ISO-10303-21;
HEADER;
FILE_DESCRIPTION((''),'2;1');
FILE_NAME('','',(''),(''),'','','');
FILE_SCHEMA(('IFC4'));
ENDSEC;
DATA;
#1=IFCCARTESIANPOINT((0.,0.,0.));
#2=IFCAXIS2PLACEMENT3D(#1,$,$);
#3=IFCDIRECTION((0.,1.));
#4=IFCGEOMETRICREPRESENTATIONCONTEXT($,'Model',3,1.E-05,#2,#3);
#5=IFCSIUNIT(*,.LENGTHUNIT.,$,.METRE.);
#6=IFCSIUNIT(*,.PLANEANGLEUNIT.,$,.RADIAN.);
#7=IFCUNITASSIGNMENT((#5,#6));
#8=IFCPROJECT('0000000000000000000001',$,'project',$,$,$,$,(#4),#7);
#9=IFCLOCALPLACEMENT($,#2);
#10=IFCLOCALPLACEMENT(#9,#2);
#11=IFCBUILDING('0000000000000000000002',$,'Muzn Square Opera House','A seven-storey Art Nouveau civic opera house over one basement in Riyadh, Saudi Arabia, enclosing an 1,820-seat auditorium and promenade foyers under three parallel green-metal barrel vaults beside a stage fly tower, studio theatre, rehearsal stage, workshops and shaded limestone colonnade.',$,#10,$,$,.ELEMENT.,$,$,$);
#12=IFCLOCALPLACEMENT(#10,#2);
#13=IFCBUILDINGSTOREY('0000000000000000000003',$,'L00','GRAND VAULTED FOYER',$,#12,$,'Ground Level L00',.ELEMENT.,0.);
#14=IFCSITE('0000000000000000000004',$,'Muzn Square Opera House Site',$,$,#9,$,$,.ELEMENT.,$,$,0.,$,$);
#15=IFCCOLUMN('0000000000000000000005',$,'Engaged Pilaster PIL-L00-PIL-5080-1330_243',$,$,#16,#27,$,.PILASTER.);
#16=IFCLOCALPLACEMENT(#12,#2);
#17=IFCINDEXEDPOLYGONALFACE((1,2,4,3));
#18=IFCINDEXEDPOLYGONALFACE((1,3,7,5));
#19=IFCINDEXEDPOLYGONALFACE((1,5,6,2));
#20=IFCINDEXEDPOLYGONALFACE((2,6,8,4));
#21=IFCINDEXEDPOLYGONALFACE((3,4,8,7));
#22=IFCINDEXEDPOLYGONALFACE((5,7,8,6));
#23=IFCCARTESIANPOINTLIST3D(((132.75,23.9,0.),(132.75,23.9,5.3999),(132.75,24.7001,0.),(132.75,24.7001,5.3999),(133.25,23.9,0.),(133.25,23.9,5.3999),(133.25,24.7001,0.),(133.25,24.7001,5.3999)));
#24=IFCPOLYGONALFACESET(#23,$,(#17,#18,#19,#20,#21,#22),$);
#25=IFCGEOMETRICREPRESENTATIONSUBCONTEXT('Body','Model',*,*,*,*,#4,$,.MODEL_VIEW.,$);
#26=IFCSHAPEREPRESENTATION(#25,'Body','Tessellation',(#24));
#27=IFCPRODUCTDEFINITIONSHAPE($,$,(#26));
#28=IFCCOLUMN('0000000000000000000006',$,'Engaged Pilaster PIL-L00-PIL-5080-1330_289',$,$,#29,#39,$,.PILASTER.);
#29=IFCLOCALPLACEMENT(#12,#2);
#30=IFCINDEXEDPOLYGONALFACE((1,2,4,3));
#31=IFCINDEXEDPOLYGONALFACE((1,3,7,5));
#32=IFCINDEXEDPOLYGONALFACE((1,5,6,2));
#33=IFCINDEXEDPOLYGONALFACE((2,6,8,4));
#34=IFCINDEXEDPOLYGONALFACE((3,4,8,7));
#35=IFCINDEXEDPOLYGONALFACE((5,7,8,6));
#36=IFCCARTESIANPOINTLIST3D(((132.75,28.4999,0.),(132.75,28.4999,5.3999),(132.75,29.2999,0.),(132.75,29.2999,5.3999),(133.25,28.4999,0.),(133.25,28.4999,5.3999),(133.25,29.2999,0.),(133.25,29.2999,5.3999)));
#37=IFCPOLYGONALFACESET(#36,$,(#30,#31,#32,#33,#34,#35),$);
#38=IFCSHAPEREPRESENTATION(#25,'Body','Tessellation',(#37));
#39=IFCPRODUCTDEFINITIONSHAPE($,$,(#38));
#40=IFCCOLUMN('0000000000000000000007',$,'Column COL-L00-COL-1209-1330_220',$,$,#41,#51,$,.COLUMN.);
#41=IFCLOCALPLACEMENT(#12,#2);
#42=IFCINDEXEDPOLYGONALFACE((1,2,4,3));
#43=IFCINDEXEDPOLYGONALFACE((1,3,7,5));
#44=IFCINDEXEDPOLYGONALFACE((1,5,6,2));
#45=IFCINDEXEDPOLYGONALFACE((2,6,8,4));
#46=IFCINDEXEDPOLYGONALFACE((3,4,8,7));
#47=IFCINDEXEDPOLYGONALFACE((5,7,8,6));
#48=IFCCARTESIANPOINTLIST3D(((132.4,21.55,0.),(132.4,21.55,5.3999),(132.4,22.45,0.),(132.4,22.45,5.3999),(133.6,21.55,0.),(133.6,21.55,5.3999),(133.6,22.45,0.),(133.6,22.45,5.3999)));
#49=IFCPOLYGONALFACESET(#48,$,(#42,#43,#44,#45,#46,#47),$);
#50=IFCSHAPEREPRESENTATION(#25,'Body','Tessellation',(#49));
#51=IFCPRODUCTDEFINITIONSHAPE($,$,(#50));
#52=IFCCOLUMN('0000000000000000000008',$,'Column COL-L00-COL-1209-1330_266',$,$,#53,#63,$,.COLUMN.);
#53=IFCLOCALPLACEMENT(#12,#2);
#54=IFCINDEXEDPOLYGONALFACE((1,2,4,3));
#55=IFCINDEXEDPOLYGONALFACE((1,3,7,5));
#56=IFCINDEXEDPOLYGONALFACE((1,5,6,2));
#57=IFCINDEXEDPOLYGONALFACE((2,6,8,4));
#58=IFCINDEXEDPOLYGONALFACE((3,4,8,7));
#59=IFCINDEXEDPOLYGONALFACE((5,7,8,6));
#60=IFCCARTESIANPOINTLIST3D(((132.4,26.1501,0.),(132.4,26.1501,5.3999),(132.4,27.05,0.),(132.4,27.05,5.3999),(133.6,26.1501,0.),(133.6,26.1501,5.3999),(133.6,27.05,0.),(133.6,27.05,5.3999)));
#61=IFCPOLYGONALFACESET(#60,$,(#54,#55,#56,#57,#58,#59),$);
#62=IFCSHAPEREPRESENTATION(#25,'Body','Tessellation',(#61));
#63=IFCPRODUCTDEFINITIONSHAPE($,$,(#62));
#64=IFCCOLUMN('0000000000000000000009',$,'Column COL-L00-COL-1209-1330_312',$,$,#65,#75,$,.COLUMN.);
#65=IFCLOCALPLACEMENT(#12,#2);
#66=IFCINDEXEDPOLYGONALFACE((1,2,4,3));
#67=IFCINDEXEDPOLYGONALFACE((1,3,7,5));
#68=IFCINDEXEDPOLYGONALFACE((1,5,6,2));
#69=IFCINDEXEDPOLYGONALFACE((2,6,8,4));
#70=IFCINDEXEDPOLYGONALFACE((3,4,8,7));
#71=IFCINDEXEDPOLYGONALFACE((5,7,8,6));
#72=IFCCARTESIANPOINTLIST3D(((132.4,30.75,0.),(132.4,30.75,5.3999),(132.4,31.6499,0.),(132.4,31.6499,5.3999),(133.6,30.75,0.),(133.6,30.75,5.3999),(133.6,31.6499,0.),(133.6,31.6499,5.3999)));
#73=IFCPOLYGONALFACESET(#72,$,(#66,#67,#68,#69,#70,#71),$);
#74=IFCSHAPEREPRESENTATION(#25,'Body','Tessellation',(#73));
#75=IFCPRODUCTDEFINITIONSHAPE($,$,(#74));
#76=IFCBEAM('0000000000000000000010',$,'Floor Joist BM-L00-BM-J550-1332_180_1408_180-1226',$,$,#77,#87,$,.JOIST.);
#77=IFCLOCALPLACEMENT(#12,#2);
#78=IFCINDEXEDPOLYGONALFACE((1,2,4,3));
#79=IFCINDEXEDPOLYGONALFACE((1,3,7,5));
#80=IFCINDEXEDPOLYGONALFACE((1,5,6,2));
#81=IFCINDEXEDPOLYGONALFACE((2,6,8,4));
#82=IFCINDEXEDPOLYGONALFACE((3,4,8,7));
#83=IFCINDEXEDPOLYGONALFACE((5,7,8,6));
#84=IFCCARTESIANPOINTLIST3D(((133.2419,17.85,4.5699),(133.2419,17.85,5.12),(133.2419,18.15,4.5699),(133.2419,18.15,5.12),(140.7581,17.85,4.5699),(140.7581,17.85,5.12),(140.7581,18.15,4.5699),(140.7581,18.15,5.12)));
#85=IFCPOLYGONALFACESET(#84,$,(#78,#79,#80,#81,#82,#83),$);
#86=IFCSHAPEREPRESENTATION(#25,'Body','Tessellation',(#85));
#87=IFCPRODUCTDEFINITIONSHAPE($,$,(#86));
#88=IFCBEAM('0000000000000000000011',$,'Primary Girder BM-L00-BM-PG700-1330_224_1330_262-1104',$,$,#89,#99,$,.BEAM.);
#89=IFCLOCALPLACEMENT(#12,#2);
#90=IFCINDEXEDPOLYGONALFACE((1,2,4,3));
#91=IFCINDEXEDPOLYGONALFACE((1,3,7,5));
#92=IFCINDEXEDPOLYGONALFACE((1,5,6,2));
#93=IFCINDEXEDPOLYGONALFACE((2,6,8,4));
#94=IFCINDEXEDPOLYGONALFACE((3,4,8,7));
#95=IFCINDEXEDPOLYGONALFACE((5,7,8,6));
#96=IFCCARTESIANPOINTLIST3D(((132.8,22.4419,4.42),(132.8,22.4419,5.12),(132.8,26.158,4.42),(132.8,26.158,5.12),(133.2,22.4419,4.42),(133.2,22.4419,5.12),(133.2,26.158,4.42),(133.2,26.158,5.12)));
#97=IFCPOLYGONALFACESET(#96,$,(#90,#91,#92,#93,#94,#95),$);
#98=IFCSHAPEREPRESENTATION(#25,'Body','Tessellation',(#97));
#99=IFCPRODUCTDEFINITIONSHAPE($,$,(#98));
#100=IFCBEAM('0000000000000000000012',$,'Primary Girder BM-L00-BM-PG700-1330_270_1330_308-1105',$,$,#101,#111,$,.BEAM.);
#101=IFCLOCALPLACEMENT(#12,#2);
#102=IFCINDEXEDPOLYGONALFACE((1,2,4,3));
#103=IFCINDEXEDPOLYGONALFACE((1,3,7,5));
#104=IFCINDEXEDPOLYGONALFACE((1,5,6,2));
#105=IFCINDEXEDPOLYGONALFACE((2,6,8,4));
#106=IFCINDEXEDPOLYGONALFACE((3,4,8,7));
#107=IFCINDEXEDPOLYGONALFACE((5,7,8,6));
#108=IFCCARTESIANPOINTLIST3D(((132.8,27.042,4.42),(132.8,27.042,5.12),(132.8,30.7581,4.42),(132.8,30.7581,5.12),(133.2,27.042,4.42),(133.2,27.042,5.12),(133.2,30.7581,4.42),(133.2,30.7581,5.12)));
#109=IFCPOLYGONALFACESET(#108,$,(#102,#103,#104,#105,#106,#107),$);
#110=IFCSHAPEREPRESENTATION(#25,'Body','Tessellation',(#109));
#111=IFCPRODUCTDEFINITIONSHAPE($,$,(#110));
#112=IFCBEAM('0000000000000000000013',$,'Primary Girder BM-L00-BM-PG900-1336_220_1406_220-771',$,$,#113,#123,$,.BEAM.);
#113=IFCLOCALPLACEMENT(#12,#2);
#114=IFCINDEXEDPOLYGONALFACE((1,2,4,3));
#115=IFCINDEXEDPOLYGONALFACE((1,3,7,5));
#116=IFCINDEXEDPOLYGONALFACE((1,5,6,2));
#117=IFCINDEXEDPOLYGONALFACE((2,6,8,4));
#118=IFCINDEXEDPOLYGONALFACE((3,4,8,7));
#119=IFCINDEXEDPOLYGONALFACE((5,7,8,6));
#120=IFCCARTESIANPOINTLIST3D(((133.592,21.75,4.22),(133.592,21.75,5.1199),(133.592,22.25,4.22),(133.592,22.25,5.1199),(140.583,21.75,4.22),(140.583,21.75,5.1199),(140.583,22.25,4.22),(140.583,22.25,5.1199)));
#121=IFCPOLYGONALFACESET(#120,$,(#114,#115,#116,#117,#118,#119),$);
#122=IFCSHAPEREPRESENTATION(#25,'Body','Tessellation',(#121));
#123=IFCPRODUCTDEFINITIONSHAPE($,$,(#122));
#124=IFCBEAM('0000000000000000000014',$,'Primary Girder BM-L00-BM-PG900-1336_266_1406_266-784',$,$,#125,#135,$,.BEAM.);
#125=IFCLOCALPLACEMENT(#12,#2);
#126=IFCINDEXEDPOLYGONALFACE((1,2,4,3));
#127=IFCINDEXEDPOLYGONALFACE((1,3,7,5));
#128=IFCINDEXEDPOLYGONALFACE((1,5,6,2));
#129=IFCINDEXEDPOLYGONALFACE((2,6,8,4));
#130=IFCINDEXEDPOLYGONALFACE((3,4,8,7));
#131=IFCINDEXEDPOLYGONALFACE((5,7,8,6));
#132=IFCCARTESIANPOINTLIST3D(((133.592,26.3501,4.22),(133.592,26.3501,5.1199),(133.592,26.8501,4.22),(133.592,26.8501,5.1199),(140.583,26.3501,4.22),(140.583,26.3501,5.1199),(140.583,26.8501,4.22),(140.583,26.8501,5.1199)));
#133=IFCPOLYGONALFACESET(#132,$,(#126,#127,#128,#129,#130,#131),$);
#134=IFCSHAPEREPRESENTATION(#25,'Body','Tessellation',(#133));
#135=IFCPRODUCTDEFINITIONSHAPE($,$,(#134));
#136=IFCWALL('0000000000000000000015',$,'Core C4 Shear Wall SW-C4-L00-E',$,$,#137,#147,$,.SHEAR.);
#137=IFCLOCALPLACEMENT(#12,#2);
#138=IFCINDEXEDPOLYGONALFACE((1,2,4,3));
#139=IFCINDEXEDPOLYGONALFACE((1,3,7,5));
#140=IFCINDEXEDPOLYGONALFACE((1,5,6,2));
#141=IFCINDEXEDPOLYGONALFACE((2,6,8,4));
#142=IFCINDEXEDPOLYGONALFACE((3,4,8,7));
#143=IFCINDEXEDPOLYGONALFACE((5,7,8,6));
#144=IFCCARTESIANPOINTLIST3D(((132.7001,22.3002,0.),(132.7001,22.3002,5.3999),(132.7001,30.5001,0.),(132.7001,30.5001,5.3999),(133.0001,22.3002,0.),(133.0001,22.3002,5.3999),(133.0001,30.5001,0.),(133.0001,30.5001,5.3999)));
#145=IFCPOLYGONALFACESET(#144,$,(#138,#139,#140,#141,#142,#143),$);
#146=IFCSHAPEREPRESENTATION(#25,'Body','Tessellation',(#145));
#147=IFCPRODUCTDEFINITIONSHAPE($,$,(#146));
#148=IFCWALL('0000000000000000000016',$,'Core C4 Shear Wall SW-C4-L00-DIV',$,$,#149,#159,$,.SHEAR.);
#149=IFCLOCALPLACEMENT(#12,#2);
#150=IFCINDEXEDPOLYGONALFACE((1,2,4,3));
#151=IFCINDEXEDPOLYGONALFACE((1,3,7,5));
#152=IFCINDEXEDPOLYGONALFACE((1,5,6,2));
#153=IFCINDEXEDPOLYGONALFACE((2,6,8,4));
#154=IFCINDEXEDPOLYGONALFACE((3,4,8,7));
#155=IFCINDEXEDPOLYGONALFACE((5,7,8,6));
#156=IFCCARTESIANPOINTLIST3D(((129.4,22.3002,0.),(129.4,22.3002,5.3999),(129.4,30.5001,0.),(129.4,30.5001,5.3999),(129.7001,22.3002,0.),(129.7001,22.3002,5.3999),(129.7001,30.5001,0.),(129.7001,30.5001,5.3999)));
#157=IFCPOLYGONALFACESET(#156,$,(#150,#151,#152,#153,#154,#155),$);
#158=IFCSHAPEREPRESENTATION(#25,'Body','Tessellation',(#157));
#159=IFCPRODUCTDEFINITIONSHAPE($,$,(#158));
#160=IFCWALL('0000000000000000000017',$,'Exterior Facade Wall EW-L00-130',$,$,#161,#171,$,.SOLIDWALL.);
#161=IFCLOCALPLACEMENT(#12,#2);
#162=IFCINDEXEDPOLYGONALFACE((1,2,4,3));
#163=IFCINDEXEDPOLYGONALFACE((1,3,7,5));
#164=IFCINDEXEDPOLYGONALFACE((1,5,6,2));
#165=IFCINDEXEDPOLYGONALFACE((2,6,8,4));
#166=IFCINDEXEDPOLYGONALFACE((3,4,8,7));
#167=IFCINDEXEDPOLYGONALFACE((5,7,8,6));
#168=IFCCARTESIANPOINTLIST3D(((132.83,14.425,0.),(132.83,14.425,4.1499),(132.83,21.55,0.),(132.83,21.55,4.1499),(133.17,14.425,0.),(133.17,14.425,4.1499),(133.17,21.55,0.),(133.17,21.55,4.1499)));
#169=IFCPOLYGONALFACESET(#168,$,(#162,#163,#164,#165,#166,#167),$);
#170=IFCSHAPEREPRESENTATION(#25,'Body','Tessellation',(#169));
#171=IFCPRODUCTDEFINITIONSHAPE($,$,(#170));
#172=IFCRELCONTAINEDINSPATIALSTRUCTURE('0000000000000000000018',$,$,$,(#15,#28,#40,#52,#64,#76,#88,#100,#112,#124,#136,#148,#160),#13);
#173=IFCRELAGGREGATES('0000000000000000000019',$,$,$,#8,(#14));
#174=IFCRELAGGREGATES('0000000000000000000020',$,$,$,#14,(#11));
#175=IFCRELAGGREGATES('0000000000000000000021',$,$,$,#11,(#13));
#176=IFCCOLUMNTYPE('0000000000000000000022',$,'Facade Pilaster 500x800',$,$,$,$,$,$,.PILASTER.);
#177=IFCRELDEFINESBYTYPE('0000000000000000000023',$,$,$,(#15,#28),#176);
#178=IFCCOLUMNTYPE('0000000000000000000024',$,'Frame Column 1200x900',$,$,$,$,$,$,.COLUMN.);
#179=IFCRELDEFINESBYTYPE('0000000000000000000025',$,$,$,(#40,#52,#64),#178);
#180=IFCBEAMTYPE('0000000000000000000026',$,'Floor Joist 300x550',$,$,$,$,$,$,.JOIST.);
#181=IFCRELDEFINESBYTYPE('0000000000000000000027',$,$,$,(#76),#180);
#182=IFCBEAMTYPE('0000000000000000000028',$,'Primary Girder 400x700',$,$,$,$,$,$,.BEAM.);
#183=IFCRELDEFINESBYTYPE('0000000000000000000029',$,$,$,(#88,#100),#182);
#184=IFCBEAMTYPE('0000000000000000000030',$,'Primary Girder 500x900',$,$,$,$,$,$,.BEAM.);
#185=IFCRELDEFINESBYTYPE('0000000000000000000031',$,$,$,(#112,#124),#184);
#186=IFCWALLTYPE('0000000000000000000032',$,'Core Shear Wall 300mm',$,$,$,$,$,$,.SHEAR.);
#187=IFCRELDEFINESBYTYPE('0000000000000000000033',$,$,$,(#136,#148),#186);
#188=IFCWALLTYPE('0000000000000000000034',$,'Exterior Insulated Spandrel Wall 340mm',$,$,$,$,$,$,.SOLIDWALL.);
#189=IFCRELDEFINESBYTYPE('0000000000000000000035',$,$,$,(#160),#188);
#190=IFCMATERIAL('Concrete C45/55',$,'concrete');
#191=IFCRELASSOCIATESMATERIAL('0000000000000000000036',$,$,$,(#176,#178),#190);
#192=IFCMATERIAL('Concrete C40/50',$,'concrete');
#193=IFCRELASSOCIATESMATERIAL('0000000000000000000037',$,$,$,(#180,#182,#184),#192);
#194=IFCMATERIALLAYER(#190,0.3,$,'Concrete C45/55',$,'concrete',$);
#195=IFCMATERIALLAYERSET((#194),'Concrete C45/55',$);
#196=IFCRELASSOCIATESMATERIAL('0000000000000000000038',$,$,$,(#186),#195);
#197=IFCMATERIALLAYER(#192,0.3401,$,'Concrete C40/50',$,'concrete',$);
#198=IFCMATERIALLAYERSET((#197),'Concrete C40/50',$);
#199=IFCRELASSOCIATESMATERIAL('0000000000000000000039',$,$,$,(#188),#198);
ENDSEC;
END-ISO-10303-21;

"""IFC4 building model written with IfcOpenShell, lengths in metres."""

from ifc_helpers import new_model, si_unit, direction, frame, frame_2d, origin, origin_2d, place, context, subcontext, project, spatial, rectangle, extrude, material, layer, layer_set, material_profile, profile_set, type_object, element, save


model = new_model("IFC4")

# Units and contexts
model_context = context("Model", 3, precision=1e-05, world=origin(), true_north=direction((0.0, 1.0)))
body_context = subcontext(model_context, "Body", "Model", "MODEL_VIEW")
ifc_project = project(units=[si_unit("LENGTHUNIT", "METRE"), si_unit("PLANEANGLEUNIT", "RADIAN")], contexts=[model_context])

# Site, building, storey
site_placement = place(None, origin())
site = spatial("IfcSite", under=ifc_project, at=site_placement, Name="Muzn Square Opera House Site", CompositionType="ELEMENT", RefElevation=0.0)
building_placement = place(site_placement, origin())
building = spatial("IfcBuilding", under=site, at=building_placement, Name="Muzn Square Opera House", Description="A seven-storey Art Nouveau civic opera house over one basement in Riyadh, Saudi Arabia, enclosing an 1,820-seat auditorium and promenade foyers under three parallel green-metal barrel vaults beside a stage fly tower, studio theatre, rehearsal stage, workshops and shaded limestone colonnade.", CompositionType="ELEMENT")
storey_placement = place(building_placement, origin())
storey = spatial("IfcBuildingStorey", under=building, at=storey_placement, Name="L00", Description="GRAND VAULTED FOYER", LongName="Ground Level L00", CompositionType="ELEMENT", Elevation=0.0)

# Columns
ifc_material_1 = material(Name="Concrete C45/55", Category="concrete")
ifc_material_profile_1 = material_profile(ifc_material_1, rectangle(XDim=0.5, YDim=0.8, at=origin_2d()), Name="RC 500x800", Category="concrete")
ifc_profile_set_1 = profile_set([ifc_material_profile_1], Name="Concrete C45/55")
column_type_1 = type_object("IfcColumnType", Name="Facade Pilaster 500x800", PredefinedType="PILASTER", material=ifc_profile_set_1)
for number, where, z_axis, x_axis, name in (
    (1, (133.0, 24.3, 0.0), (0.0, 0.0, 1.0), (1.0, 0.0, 0.0), "Engaged Pilaster PIL-L00-PIL-5080-1330_243"),
    (2, (133.0, 28.8999, 0.0), (0.0, 0.0, 1.0), (1.0, 0.0, 0.0), "Engaged Pilaster PIL-L00-PIL-5080-1330_289"),
):
    element("IfcColumn", number, at=place(storey_placement, frame(where, z_axis=z_axis, x_axis=x_axis)), inside=storey, type_object=column_type_1, Name=name, PredefinedType="PILASTER", context=body_context, shape_type="SweptSolid", body=[
        extrude(rectangle(XDim=0.5, YDim=0.8, at=origin_2d()), origin(), (0.0, 0.0, 1.0), 5.3999),
    ])
ifc_material_profile_2 = material_profile(ifc_material_1, rectangle(XDim=1.2, YDim=0.8999, at=origin_2d()), Name="RC 1200x900", Category="concrete")
ifc_profile_set_2 = profile_set([ifc_material_profile_2], Name="Concrete C45/55")
column_type_2 = type_object("IfcColumnType", Name="Frame Column 1200x900", PredefinedType="COLUMN", material=ifc_profile_set_2)
for number, where, z_axis, x_axis, name in (
    (3, (133.0, 22.0, 0.0), (0.0, 0.0, 1.0), (1.0, 0.0, 0.0), "Column COL-L00-COL-1209-1330_220"),
    (4, (133.0, 26.6001, 0.0), (0.0, 0.0, 1.0), (1.0, 0.0, 0.0), "Column COL-L00-COL-1209-1330_266"),
    (5, (133.0, 31.2, 0.0), (0.0, 0.0, 1.0), (1.0, 0.0, 0.0), "Column COL-L00-COL-1209-1330_312"),
):
    element("IfcColumn", number, at=place(storey_placement, frame(where, z_axis=z_axis, x_axis=x_axis)), inside=storey, type_object=column_type_2, Name=name, PredefinedType="COLUMN", context=body_context, shape_type="SweptSolid", body=[
        extrude(rectangle(XDim=1.2, YDim=0.8999, at=origin_2d()), origin(), (0.0, 0.0, 1.0), 5.3999),
    ])

# Beams
ifc_material_2 = material(Name="Concrete C40/50", Category="concrete")
ifc_material_profile_3 = material_profile(ifc_material_2, rectangle(XDim=0.3, YDim=0.55, at=origin_2d()), Name="RCJ 300x550", Category="concrete")
ifc_profile_set_3 = profile_set([ifc_material_profile_3], Name="Concrete C40/50")
beam_type_1 = type_object("IfcBeamType", Name="Floor Joist 300x550", PredefinedType="JOIST", material=ifc_profile_set_3)
beam_placement = place(storey_placement, frame((133.2419, 18.0, 4.845), z_axis=(1.0, 0.0, 0.0), x_axis=(0.0, 1.0, 0.0)))
element("IfcBeam", 6, at=beam_placement, inside=storey, type_object=beam_type_1, Name="Floor Joist BM-L00-BM-J550-1332_180_1408_180-1226", PredefinedType="JOIST", context=body_context, shape_type="SweptSolid", body=[
    extrude(rectangle(XDim=0.3, YDim=0.55, at=origin_2d()), origin(), (0.0, 0.0, 1.0), 7.5161),
])
ifc_material_profile_4 = material_profile(ifc_material_2, rectangle(XDim=0.3999, YDim=0.7, at=origin_2d()), Name="RCB 400x700", Category="concrete")
ifc_profile_set_4 = profile_set([ifc_material_profile_4], Name="Concrete C40/50")
beam_type_2 = type_object("IfcBeamType", Name="Primary Girder 400x700", PredefinedType="BEAM", material=ifc_profile_set_4)
for number, where, z_axis, x_axis, name in (
    (7, (133.0, 22.4419, 4.77), (0.0, 1.0, 0.0), (-1.0, 0.0, 0.0), "Primary Girder BM-L00-BM-PG700-1330_224_1330_262-1104"),
    (8, (133.0, 27.042, 4.77), (0.0, 1.0, 0.0), (-1.0, 0.0, 0.0), "Primary Girder BM-L00-BM-PG700-1330_270_1330_308-1105"),
):
    element("IfcBeam", number, at=place(storey_placement, frame(where, z_axis=z_axis, x_axis=x_axis)), inside=storey, type_object=beam_type_2, Name=name, PredefinedType="BEAM", context=body_context, shape_type="SweptSolid", body=[
        extrude(rectangle(XDim=0.3999, YDim=0.7, at=origin_2d()), origin(), (0.0, 0.0, 1.0), 3.7161),
    ])
ifc_material_profile_5 = material_profile(ifc_material_2, rectangle(XDim=0.5, YDim=0.8999, at=origin_2d()), Name="RCB 500x900", Category="concrete")
ifc_profile_set_5 = profile_set([ifc_material_profile_5], Name="Concrete C40/50")
beam_type_3 = type_object("IfcBeamType", Name="Primary Girder 500x900", PredefinedType="BEAM", material=ifc_profile_set_5)
for number, where, z_axis, x_axis, name in (
    (9, (133.592, 22.0, 4.6699), (1.0, 0.0, 0.0), (0.0, 1.0, 0.0), "Primary Girder BM-L00-BM-PG900-1336_220_1406_220-771"),
    (10, (133.592, 26.6001, 4.6699), (1.0, 0.0, 0.0), (0.0, 1.0, 0.0), "Primary Girder BM-L00-BM-PG900-1336_266_1406_266-784"),
):
    element("IfcBeam", number, at=place(storey_placement, frame(where, z_axis=z_axis, x_axis=x_axis)), inside=storey, type_object=beam_type_3, Name=name, PredefinedType="BEAM", context=body_context, shape_type="SweptSolid", body=[
        extrude(rectangle(XDim=0.5, YDim=0.8999, at=origin_2d()), origin(), (0.0, 0.0, 1.0), 6.991),
    ])

# Walls
ifc_layer_1 = layer(ifc_material_1, 0.3, Name="Concrete C45/55", Category="concrete")
ifc_layer_set_1 = layer_set([ifc_layer_1], Name="Concrete C45/55")
wall_type_1 = type_object("IfcWallType", Name="Core Shear Wall 300mm", PredefinedType="SHEAR", material=ifc_layer_set_1)
for number, where, z_axis, x_axis, name in (
    (11, (132.8501, 22.3, 0.0), (0.0, 0.0, 1.0), (0.0, 1.0, 0.0), "Core C4 Shear Wall SW-C4-L00-E"),
    (12, (129.55, 22.3, 0.0), (0.0, 0.0, 1.0), (0.0, 1.0, 0.0), "Core C4 Shear Wall SW-C4-L00-DIV"),
):
    element("IfcWall", number, at=place(storey_placement, frame(where, z_axis=z_axis, x_axis=x_axis)), inside=storey, type_object=wall_type_1, Name=name, PredefinedType="SHEAR", context=body_context, shape_type="SweptSolid", body=[
        extrude(rectangle(XDim=8.2, YDim=0.3, at=frame_2d((4.1001, 0.0))), origin(), (0.0, 0.0, 1.0), 5.3999),
    ])
ifc_layer_2 = layer(ifc_material_2, 0.3401, Name="Concrete C40/50", Category="concrete")
ifc_layer_set_2 = layer_set([ifc_layer_2], Name="Concrete C40/50")
wall_type_2 = type_object("IfcWallType", Name="Exterior Insulated Spandrel Wall 340mm", PredefinedType="SOLIDWALL", material=ifc_layer_set_2)
wall_1_placement = place(storey_placement, frame((133.0, 14.425, 0.0), z_axis=(0.0, 0.0, 1.0), x_axis=(0.0, 1.0, 0.0)))
element("IfcWall", 13, at=wall_1_placement, inside=storey, type_object=wall_type_2, Name="Exterior Facade Wall EW-L00-130", PredefinedType="SOLIDWALL", context=body_context, shape_type="SweptSolid", body=[
    extrude(rectangle(XDim=7.125, YDim=0.3401, at=frame_2d((3.5625, 0.0))), origin(), (0.0, 0.0, 1.0), 4.1499),
])

save(model, "model.ifc")
